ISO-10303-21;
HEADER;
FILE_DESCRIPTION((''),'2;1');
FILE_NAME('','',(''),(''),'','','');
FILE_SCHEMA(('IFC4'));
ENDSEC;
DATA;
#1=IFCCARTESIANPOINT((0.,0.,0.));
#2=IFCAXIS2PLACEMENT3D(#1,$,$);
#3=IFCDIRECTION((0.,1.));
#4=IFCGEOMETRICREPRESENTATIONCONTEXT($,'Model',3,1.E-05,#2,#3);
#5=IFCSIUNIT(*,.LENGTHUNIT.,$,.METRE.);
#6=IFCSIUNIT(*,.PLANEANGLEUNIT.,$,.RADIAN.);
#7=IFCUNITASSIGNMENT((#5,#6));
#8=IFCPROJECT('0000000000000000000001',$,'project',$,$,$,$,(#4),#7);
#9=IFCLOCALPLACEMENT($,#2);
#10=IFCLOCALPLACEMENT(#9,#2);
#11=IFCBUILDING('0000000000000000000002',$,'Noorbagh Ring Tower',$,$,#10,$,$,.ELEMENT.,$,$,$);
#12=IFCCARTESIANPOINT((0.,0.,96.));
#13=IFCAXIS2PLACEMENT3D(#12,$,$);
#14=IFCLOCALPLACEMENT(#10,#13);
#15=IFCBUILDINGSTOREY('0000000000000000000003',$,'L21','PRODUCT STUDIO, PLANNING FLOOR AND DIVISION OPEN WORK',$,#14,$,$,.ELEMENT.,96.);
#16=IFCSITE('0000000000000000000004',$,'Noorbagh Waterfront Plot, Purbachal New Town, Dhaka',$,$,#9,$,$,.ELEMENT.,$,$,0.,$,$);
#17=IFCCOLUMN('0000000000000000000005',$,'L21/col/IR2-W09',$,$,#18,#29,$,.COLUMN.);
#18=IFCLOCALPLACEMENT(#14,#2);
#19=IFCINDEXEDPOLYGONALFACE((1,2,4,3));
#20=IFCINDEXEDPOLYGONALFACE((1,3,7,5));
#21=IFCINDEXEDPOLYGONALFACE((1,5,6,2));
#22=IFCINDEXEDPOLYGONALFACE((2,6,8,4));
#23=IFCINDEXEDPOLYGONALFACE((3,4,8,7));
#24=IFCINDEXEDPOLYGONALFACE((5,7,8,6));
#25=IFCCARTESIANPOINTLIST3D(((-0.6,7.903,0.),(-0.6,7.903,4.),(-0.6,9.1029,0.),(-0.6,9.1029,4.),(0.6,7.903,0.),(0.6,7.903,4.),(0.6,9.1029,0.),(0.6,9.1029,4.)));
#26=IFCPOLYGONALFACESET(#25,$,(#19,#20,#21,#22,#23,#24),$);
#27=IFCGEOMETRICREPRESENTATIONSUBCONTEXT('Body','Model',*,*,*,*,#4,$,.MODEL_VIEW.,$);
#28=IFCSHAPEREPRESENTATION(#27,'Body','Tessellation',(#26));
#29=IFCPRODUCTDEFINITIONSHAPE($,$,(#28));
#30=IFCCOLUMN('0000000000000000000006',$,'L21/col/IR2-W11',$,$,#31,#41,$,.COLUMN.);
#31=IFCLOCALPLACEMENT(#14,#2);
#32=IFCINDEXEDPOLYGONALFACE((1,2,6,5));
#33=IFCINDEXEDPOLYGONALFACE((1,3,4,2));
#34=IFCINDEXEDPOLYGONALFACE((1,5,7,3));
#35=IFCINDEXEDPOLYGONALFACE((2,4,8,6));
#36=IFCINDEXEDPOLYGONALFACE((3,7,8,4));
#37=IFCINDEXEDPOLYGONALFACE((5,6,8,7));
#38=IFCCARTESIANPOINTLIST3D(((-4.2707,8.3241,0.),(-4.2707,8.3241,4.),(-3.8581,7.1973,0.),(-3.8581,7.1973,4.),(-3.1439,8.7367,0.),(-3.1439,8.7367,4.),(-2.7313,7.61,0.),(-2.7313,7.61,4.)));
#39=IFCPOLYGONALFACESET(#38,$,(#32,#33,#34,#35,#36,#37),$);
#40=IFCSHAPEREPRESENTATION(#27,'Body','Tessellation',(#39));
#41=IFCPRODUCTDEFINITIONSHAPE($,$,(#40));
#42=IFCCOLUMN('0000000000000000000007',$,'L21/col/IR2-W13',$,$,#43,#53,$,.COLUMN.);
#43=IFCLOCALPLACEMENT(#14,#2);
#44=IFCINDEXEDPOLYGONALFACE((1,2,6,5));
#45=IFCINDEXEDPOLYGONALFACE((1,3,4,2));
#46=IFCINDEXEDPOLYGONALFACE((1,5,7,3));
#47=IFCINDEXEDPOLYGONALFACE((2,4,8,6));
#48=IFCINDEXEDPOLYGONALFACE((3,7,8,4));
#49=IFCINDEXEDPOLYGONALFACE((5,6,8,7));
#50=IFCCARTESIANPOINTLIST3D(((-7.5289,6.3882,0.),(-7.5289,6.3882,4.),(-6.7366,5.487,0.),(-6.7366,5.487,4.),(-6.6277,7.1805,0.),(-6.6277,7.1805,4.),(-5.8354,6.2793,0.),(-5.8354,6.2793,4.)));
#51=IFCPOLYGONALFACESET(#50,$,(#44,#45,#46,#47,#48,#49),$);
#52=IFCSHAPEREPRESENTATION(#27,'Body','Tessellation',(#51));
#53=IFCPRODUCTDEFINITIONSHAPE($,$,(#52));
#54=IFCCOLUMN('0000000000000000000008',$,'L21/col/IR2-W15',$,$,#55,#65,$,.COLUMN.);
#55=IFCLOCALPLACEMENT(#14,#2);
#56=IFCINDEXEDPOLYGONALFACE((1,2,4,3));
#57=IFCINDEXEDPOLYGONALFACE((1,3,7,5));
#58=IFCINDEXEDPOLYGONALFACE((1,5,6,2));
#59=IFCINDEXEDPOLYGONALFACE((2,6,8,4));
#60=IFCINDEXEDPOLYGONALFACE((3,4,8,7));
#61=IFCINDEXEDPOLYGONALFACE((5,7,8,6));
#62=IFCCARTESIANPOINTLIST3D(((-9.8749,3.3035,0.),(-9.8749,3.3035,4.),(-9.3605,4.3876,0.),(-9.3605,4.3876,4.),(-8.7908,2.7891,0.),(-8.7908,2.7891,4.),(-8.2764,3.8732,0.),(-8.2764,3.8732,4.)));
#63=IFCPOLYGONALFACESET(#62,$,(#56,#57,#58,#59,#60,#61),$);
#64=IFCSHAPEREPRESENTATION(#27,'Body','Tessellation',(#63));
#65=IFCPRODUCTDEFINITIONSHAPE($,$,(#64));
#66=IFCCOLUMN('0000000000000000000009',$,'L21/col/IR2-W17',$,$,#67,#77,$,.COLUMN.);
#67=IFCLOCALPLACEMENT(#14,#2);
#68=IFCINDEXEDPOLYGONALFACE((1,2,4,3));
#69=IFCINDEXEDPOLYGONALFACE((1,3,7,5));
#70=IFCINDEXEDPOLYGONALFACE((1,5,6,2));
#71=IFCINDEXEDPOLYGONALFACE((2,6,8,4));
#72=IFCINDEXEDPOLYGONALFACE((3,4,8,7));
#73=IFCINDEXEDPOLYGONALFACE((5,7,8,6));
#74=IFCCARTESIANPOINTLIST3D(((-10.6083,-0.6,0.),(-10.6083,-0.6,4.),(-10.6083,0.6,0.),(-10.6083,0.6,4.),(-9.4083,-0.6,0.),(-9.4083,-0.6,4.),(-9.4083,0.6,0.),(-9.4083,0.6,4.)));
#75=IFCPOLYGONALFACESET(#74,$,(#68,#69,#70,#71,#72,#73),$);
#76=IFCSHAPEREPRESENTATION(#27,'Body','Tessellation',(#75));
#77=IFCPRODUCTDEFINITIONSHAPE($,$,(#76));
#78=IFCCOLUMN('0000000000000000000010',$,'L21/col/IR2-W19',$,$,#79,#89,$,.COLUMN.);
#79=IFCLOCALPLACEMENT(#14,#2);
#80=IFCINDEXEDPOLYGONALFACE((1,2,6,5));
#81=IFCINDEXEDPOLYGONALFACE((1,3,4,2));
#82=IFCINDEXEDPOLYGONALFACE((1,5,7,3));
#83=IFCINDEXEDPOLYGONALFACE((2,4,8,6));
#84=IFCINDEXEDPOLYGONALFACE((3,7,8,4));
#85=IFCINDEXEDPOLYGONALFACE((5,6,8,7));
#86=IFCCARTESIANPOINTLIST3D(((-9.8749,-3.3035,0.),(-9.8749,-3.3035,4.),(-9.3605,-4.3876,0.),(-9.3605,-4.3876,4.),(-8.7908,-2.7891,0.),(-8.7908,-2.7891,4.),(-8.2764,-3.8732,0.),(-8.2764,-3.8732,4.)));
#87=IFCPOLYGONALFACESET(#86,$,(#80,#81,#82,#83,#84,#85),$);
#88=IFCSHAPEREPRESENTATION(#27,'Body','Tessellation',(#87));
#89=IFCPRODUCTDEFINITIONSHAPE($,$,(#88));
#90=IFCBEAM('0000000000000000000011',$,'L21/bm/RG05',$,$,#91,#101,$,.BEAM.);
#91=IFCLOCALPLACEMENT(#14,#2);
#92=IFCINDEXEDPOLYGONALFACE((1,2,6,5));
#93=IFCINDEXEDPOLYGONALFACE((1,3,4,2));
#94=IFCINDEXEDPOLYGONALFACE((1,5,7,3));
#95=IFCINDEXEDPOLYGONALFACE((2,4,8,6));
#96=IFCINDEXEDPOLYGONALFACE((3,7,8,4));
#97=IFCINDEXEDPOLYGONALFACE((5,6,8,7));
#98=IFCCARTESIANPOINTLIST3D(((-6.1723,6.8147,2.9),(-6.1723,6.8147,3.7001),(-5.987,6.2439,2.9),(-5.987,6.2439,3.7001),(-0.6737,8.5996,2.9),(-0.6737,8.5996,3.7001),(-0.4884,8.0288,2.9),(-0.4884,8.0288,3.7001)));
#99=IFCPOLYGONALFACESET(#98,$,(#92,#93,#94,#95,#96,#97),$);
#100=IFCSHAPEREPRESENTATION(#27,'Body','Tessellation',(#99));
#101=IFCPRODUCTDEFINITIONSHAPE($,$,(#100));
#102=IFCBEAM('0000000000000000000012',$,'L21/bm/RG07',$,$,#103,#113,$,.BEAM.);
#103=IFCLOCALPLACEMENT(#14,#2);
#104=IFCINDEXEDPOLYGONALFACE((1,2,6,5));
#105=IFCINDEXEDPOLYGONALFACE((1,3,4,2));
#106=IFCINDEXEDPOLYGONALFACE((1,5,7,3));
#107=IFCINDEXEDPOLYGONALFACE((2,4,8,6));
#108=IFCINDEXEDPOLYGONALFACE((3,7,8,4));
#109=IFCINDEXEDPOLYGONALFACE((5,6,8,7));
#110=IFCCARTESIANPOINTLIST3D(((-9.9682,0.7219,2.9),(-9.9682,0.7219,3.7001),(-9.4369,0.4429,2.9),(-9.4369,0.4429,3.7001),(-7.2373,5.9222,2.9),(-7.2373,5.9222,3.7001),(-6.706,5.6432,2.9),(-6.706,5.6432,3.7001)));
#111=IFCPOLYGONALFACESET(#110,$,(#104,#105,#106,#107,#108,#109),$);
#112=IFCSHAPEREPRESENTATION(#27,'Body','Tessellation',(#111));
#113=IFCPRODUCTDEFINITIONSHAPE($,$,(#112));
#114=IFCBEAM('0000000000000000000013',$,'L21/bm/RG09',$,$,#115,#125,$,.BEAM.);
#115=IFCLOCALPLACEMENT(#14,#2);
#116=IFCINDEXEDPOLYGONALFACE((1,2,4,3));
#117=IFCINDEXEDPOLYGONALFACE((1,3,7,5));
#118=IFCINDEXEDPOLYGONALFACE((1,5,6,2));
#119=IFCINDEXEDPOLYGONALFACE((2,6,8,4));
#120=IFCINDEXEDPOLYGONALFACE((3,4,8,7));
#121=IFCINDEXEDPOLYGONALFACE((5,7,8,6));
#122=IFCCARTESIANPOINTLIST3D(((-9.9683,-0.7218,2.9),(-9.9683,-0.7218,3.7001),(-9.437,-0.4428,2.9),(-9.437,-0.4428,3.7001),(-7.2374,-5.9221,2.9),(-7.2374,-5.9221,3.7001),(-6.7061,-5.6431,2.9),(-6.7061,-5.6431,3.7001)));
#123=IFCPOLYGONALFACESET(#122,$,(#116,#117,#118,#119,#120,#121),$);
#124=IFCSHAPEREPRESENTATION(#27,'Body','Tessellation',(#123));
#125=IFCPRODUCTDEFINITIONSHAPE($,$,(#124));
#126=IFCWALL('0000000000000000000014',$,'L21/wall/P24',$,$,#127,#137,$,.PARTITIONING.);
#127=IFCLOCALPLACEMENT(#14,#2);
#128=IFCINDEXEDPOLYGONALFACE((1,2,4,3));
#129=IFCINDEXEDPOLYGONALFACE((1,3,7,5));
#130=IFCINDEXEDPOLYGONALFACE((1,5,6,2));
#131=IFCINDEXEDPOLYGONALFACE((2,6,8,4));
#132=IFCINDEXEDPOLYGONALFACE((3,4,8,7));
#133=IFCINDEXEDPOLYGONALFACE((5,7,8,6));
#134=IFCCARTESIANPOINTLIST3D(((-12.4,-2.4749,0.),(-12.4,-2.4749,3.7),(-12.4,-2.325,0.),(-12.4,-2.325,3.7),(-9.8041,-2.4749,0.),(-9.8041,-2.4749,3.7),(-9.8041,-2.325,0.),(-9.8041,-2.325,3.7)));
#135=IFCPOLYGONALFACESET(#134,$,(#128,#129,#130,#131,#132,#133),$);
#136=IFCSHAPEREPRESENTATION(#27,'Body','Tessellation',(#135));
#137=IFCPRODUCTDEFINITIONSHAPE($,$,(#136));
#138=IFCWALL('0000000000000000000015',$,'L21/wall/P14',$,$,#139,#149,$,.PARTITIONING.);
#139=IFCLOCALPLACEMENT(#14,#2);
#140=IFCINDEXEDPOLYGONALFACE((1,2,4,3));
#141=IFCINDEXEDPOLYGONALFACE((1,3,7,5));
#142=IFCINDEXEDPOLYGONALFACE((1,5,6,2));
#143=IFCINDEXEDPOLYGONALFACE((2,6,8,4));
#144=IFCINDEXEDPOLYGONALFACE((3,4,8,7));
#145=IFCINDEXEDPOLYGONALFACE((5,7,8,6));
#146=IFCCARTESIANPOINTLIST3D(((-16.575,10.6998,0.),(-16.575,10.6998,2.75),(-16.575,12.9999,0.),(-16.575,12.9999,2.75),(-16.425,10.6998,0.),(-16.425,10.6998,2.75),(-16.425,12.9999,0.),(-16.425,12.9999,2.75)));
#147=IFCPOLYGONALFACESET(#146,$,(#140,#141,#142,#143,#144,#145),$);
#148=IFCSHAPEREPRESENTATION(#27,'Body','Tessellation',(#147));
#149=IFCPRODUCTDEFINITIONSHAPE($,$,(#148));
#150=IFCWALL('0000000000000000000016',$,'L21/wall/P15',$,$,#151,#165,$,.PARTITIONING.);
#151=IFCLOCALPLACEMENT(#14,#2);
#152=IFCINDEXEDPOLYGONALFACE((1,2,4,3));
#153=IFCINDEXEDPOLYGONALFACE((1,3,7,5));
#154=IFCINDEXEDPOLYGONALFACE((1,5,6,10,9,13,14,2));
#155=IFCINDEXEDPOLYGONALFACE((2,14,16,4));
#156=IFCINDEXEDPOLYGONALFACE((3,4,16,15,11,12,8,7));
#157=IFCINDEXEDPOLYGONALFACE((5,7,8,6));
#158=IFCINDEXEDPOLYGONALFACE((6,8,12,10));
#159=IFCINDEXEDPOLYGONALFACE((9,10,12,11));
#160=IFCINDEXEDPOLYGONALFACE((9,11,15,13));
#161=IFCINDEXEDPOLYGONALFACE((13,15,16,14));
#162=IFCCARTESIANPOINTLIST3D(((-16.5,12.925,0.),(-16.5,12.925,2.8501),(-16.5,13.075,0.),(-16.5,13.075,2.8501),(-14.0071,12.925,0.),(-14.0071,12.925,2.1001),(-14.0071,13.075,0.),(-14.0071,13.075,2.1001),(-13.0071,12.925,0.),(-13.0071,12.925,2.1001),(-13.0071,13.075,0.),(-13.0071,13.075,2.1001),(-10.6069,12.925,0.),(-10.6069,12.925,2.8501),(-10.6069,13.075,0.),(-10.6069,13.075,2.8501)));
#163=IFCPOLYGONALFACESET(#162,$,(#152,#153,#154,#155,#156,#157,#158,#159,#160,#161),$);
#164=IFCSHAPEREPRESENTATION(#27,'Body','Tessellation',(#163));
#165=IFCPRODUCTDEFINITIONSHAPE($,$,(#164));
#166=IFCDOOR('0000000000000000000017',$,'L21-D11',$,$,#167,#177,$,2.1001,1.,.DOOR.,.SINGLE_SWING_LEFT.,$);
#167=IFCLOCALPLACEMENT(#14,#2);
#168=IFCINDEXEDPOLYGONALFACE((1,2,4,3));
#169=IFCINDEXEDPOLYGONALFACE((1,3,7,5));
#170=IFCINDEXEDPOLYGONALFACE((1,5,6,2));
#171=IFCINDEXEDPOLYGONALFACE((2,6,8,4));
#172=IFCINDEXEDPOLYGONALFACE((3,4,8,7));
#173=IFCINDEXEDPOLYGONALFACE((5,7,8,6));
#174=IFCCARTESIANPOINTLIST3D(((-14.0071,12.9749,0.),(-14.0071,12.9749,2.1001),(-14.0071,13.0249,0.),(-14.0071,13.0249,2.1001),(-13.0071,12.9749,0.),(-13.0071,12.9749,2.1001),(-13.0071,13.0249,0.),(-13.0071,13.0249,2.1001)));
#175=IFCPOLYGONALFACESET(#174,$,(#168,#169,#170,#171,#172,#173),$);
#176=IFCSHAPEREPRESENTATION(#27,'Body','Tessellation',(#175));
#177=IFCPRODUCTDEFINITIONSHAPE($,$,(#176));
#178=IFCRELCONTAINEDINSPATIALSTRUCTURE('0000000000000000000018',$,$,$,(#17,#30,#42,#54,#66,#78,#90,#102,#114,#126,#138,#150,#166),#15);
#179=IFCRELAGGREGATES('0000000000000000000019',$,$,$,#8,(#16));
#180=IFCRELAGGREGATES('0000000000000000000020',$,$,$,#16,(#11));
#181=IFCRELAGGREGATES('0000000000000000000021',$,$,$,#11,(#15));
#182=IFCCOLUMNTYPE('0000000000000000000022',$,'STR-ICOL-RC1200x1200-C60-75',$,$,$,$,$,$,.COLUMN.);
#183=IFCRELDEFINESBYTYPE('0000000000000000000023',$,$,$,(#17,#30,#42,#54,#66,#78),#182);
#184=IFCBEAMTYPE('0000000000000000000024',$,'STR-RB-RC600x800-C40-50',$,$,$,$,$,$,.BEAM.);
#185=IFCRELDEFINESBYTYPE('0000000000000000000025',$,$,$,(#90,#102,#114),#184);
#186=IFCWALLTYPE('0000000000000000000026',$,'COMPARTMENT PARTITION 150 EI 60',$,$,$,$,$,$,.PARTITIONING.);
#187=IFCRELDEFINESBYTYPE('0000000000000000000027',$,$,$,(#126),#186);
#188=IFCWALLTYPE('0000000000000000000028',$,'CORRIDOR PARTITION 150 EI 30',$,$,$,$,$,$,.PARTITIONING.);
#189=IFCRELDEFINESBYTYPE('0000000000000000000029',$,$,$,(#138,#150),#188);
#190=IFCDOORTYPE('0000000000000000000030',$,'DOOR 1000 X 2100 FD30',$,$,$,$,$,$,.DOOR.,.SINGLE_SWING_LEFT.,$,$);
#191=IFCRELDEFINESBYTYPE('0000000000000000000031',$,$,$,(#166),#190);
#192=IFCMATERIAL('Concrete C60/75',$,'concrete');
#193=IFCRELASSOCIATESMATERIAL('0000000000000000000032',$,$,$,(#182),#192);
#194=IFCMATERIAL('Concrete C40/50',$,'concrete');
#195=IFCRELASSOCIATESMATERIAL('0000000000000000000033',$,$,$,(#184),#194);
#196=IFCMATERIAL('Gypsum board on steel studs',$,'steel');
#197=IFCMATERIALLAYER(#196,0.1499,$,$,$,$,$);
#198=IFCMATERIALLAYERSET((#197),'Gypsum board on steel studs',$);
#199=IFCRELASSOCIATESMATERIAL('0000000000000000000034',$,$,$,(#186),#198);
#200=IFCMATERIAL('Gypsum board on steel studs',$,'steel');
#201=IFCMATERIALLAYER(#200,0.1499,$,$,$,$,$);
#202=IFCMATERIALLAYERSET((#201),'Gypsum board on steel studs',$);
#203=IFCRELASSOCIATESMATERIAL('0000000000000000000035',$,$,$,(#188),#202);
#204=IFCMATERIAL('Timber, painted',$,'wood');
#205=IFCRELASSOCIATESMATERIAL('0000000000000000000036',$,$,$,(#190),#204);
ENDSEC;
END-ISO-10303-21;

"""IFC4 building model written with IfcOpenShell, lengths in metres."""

from ifc_helpers import new_model, si_unit, direction, frame, frame_2d, origin, origin_2d, place, context, subcontext, project, spatial, rectangle, extrude, material, layer, layer_set, material_profile, profile_set, type_object, element, fill, save


model = new_model("IFC4")

# Units and contexts
model_context = context("Model", 3, precision=1e-05, world=origin(), true_north=direction((0.0, 1.0)))
body_context = subcontext(model_context, "Body", "Model", "MODEL_VIEW")
ifc_project = project(units=[si_unit("LENGTHUNIT", "METRE"), si_unit("PLANEANGLEUNIT", "RADIAN")], contexts=[model_context])

# Site, building, storey
site_placement = place(None, origin())
site = spatial("IfcSite", under=ifc_project, at=site_placement, Name="Noorbagh Waterfront Plot, Purbachal New Town, Dhaka", CompositionType="ELEMENT", RefElevation=0.0)
building_placement = place(site_placement, origin())
building = spatial("IfcBuilding", under=site, at=building_placement, Name="Noorbagh Ring Tower", CompositionType="ELEMENT")
storey_placement = place(building_placement, frame((0.0, 0.0, 96.0)))
storey = spatial("IfcBuildingStorey", under=building, at=storey_placement, Name="L21", Description="PRODUCT STUDIO, PLANNING FLOOR AND DIVISION OPEN WORK", CompositionType="ELEMENT", Elevation=96.0)

# Columns
ifc_material_1 = material(Name="Concrete C60/75", Category="concrete")
ifc_material_profile_1 = material_profile(ifc_material_1, rectangle(XDim=1.2, YDim=1.2, at=origin_2d()), Name="RC1200x1200")
ifc_profile_set_1 = profile_set([ifc_material_profile_1], Name="Concrete C60/75")
column_type = type_object("IfcColumnType", Name="STR-ICOL-RC1200x1200-C60-75", PredefinedType="COLUMN", material=ifc_profile_set_1)
for number, where, z_axis, x_axis, name in (
    (1, (0.0, 8.5029, 0.0), (0.0, 0.0, 1.0), (-1.0, 0.0, 0.0), "L21/col/IR2-W09"),
    (2, (-3.501, 7.967, 0.0), (0.0, 0.0, 1.0), (-0.93902, -0.343864, 0.0), "L21/col/IR2-W11"),
    (3, (-6.6821, 6.3337, 0.0), (0.0, 0.0, 1.0), (-0.751022, -0.660277, 0.0), "L21/col/IR2-W13"),
    (4, (-9.0757, 3.5884, 0.0), (0.0, 0.0, 1.0), (-0.428667, -0.903463, 0.0), "L21/col/IR2-W15"),
    (5, (-10.0083, 0.0, 0.0), (0.0, 0.0, 1.0), (0.0, -1.0, 0.0), "L21/col/IR2-W17"),
    (6, (-9.0757, -3.5884, 0.0), (0.0, 0.0, 1.0), (0.428667, -0.903463, 0.0), "L21/col/IR2-W19"),
):
    element("IfcColumn", number, at=place(storey_placement, frame(where, z_axis=z_axis, x_axis=x_axis)), inside=storey, type_object=column_type, Name=name, PredefinedType="COLUMN", context=body_context, shape_type="SweptSolid", body=[
        extrude(rectangle(XDim=1.2, YDim=1.2, at=origin_2d()), origin(), (0.0, 0.0, 1.0), 4.0),
    ])

# Beams
ifc_material_2 = material(Name="Concrete C40/50", Category="concrete")
ifc_material_profile_2 = material_profile(ifc_material_2, rectangle(XDim=0.6001, YDim=0.8, at=origin_2d()), Name="RC600x800")
ifc_profile_set_2 = profile_set([ifc_material_profile_2], Name="Concrete C40/50")
beam_type = type_object("IfcBeamType", Name="STR-RB-RC600x800-C40-50", PredefinedType="BEAM", material=ifc_profile_set_2)
beam_placement = place(storey_placement, frame((-0.5811, 8.3142, 3.3), z_axis=(-0.951141, -0.308756, 0.0), x_axis=(0.308756, -0.951141, 0.0)))
element("IfcBeam", 7, at=beam_placement, inside=storey, type_object=beam_type, Name="L21/bm/RG05", PredefinedType="BEAM", context=body_context, shape_type="SweptSolid", body=[
    extrude(rectangle(XDim=0.6001, YDim=0.8, at=origin_2d()), origin(), (0.0, 0.0, 1.0), 5.781),
])
for number, where, z_axis, x_axis, name in (
    (8, (-6.9717, 5.7827, 3.3), (-0.464931, -0.885347, 0.0), (0.885347, -0.464931, 0.0), "L21/bm/RG07"),
    (9, (-9.7026, -0.5823, 3.3), (0.464931, -0.885347, 0.0), (0.885347, 0.464931, 0.0), "L21/bm/RG09"),
):
    element("IfcBeam", number, at=place(storey_placement, frame(where, z_axis=z_axis, x_axis=x_axis)), inside=storey, type_object=beam_type, Name=name, PredefinedType="BEAM", context=body_context, shape_type="SweptSolid", body=[
        extrude(rectangle(XDim=0.6001, YDim=0.8, at=origin_2d()), origin(), (0.0, 0.0, 1.0), 5.8738),
    ])

# Walls
ifc_material_3 = material(Name="Gypsum board on steel studs", Category="steel")
ifc_layer_1 = layer(ifc_material_3, 0.1499)
ifc_layer_set_1 = layer_set([ifc_layer_1], Name="Gypsum board on steel studs")
wall_type_1 = type_object("IfcWallType", Name="COMPARTMENT PARTITION 150 EI 60", PredefinedType="PARTITIONING", material=ifc_layer_set_1)
wall_1_placement = place(storey_placement, frame((-12.3999, -2.3999, 0.0), z_axis=(0.0, 0.0, 1.0), x_axis=(1.0, 0.0, 0.0)))
element("IfcWall", 10, at=wall_1_placement, inside=storey, type_object=wall_type_1, Name="L21/wall/P24", PredefinedType="PARTITIONING", context=body_context, shape_type="SweptSolid", body=[
    extrude(rectangle(XDim=2.5959, YDim=0.1499, at=frame_2d((1.2979, 0.0))), origin(), (0.0, 0.0, 1.0), 3.7),
])
ifc_material_4 = material(Name="Gypsum board on steel studs", Category="steel")
ifc_layer_2 = layer(ifc_material_4, 0.1499)
ifc_layer_set_2 = layer_set([ifc_layer_2], Name="Gypsum board on steel studs")
wall_type_2 = type_object("IfcWallType", Name="CORRIDOR PARTITION 150 EI 30", PredefinedType="PARTITIONING", material=ifc_layer_set_2)
wall_2_placement = place(storey_placement, frame((-16.5, 10.7, 0.0), z_axis=(0.0, 0.0, 1.0), x_axis=(0.0, 1.0, 0.0)))
element("IfcWall", 11, at=wall_2_placement, inside=storey, type_object=wall_type_2, Name="L21/wall/P14", PredefinedType="PARTITIONING", context=body_context, shape_type="SweptSolid", body=[
    extrude(rectangle(XDim=2.3, YDim=0.1499, at=frame_2d((1.1499, 0.0))), origin(), (0.0, 0.0, 1.0), 2.75),
])

# Wall, opening, door
wall_3_placement = place(storey_placement, frame((-16.5, 13.0, 0.0), z_axis=(0.0, 0.0, 1.0), x_axis=(1.0, 0.0, 0.0)))
wall_3 = element("IfcWall", 12, at=wall_3_placement, inside=storey, type_object=wall_type_2, Name="L21/wall/P15", PredefinedType="PARTITIONING", context=body_context, shape_type="SweptSolid", body=[
    extrude(rectangle(XDim=5.8931, YDim=0.1499, at=frame_2d((2.9465, 0.0))), origin(), (0.0, 0.0, 1.0), 2.8501),
])
opening_1_placement = place(wall_3_placement, frame((2.4929, 0.0, 0.0)))
opening_1 = element("IfcOpeningElement", 13, at=opening_1_placement, cuts=wall_3, PredefinedType="OPENING", context=body_context, shape_type="SweptSolid", body=[
    extrude(rectangle(XDim=1.0, YDim=2.1001, at=frame_2d((0.5, 1.05))), frame((0.0, 0.085, 0.0), z_axis=(0.0, -1.0, 0.0), x_axis=(1.0, 0.0, 0.0)), (0.0, 0.0, 1.0), 0.1699),
])
ifc_material_5 = material(Name="Timber, painted", Category="wood")
door_type = type_object("IfcDoorType", Name="DOOR 1000 X 2100 FD30", OperationType="SINGLE_SWING_LEFT", PredefinedType="DOOR", material=ifc_material_5)
door_1_placement = place(opening_1_placement, origin())
door_1 = element("IfcDoor", 14, at=door_1_placement, inside=storey, type_object=door_type, Name="L21-D11", OperationType="SINGLE_SWING_LEFT", OverallHeight=2.1001, OverallWidth=1.0, PredefinedType="DOOR", context=body_context, shape_type="SweptSolid", body=[
    extrude(rectangle(XDim=1.0, YDim=2.1001, at=frame_2d((0.5, 1.05))), frame((0.0, 0.0249, 0.0), z_axis=(0.0, -1.0, 0.0), x_axis=(1.0, 0.0, 0.0)), (0.0, 0.0, 1.0), 0.05),
])
fill(opening_1, door_1)

save(model, "model.ifc")
